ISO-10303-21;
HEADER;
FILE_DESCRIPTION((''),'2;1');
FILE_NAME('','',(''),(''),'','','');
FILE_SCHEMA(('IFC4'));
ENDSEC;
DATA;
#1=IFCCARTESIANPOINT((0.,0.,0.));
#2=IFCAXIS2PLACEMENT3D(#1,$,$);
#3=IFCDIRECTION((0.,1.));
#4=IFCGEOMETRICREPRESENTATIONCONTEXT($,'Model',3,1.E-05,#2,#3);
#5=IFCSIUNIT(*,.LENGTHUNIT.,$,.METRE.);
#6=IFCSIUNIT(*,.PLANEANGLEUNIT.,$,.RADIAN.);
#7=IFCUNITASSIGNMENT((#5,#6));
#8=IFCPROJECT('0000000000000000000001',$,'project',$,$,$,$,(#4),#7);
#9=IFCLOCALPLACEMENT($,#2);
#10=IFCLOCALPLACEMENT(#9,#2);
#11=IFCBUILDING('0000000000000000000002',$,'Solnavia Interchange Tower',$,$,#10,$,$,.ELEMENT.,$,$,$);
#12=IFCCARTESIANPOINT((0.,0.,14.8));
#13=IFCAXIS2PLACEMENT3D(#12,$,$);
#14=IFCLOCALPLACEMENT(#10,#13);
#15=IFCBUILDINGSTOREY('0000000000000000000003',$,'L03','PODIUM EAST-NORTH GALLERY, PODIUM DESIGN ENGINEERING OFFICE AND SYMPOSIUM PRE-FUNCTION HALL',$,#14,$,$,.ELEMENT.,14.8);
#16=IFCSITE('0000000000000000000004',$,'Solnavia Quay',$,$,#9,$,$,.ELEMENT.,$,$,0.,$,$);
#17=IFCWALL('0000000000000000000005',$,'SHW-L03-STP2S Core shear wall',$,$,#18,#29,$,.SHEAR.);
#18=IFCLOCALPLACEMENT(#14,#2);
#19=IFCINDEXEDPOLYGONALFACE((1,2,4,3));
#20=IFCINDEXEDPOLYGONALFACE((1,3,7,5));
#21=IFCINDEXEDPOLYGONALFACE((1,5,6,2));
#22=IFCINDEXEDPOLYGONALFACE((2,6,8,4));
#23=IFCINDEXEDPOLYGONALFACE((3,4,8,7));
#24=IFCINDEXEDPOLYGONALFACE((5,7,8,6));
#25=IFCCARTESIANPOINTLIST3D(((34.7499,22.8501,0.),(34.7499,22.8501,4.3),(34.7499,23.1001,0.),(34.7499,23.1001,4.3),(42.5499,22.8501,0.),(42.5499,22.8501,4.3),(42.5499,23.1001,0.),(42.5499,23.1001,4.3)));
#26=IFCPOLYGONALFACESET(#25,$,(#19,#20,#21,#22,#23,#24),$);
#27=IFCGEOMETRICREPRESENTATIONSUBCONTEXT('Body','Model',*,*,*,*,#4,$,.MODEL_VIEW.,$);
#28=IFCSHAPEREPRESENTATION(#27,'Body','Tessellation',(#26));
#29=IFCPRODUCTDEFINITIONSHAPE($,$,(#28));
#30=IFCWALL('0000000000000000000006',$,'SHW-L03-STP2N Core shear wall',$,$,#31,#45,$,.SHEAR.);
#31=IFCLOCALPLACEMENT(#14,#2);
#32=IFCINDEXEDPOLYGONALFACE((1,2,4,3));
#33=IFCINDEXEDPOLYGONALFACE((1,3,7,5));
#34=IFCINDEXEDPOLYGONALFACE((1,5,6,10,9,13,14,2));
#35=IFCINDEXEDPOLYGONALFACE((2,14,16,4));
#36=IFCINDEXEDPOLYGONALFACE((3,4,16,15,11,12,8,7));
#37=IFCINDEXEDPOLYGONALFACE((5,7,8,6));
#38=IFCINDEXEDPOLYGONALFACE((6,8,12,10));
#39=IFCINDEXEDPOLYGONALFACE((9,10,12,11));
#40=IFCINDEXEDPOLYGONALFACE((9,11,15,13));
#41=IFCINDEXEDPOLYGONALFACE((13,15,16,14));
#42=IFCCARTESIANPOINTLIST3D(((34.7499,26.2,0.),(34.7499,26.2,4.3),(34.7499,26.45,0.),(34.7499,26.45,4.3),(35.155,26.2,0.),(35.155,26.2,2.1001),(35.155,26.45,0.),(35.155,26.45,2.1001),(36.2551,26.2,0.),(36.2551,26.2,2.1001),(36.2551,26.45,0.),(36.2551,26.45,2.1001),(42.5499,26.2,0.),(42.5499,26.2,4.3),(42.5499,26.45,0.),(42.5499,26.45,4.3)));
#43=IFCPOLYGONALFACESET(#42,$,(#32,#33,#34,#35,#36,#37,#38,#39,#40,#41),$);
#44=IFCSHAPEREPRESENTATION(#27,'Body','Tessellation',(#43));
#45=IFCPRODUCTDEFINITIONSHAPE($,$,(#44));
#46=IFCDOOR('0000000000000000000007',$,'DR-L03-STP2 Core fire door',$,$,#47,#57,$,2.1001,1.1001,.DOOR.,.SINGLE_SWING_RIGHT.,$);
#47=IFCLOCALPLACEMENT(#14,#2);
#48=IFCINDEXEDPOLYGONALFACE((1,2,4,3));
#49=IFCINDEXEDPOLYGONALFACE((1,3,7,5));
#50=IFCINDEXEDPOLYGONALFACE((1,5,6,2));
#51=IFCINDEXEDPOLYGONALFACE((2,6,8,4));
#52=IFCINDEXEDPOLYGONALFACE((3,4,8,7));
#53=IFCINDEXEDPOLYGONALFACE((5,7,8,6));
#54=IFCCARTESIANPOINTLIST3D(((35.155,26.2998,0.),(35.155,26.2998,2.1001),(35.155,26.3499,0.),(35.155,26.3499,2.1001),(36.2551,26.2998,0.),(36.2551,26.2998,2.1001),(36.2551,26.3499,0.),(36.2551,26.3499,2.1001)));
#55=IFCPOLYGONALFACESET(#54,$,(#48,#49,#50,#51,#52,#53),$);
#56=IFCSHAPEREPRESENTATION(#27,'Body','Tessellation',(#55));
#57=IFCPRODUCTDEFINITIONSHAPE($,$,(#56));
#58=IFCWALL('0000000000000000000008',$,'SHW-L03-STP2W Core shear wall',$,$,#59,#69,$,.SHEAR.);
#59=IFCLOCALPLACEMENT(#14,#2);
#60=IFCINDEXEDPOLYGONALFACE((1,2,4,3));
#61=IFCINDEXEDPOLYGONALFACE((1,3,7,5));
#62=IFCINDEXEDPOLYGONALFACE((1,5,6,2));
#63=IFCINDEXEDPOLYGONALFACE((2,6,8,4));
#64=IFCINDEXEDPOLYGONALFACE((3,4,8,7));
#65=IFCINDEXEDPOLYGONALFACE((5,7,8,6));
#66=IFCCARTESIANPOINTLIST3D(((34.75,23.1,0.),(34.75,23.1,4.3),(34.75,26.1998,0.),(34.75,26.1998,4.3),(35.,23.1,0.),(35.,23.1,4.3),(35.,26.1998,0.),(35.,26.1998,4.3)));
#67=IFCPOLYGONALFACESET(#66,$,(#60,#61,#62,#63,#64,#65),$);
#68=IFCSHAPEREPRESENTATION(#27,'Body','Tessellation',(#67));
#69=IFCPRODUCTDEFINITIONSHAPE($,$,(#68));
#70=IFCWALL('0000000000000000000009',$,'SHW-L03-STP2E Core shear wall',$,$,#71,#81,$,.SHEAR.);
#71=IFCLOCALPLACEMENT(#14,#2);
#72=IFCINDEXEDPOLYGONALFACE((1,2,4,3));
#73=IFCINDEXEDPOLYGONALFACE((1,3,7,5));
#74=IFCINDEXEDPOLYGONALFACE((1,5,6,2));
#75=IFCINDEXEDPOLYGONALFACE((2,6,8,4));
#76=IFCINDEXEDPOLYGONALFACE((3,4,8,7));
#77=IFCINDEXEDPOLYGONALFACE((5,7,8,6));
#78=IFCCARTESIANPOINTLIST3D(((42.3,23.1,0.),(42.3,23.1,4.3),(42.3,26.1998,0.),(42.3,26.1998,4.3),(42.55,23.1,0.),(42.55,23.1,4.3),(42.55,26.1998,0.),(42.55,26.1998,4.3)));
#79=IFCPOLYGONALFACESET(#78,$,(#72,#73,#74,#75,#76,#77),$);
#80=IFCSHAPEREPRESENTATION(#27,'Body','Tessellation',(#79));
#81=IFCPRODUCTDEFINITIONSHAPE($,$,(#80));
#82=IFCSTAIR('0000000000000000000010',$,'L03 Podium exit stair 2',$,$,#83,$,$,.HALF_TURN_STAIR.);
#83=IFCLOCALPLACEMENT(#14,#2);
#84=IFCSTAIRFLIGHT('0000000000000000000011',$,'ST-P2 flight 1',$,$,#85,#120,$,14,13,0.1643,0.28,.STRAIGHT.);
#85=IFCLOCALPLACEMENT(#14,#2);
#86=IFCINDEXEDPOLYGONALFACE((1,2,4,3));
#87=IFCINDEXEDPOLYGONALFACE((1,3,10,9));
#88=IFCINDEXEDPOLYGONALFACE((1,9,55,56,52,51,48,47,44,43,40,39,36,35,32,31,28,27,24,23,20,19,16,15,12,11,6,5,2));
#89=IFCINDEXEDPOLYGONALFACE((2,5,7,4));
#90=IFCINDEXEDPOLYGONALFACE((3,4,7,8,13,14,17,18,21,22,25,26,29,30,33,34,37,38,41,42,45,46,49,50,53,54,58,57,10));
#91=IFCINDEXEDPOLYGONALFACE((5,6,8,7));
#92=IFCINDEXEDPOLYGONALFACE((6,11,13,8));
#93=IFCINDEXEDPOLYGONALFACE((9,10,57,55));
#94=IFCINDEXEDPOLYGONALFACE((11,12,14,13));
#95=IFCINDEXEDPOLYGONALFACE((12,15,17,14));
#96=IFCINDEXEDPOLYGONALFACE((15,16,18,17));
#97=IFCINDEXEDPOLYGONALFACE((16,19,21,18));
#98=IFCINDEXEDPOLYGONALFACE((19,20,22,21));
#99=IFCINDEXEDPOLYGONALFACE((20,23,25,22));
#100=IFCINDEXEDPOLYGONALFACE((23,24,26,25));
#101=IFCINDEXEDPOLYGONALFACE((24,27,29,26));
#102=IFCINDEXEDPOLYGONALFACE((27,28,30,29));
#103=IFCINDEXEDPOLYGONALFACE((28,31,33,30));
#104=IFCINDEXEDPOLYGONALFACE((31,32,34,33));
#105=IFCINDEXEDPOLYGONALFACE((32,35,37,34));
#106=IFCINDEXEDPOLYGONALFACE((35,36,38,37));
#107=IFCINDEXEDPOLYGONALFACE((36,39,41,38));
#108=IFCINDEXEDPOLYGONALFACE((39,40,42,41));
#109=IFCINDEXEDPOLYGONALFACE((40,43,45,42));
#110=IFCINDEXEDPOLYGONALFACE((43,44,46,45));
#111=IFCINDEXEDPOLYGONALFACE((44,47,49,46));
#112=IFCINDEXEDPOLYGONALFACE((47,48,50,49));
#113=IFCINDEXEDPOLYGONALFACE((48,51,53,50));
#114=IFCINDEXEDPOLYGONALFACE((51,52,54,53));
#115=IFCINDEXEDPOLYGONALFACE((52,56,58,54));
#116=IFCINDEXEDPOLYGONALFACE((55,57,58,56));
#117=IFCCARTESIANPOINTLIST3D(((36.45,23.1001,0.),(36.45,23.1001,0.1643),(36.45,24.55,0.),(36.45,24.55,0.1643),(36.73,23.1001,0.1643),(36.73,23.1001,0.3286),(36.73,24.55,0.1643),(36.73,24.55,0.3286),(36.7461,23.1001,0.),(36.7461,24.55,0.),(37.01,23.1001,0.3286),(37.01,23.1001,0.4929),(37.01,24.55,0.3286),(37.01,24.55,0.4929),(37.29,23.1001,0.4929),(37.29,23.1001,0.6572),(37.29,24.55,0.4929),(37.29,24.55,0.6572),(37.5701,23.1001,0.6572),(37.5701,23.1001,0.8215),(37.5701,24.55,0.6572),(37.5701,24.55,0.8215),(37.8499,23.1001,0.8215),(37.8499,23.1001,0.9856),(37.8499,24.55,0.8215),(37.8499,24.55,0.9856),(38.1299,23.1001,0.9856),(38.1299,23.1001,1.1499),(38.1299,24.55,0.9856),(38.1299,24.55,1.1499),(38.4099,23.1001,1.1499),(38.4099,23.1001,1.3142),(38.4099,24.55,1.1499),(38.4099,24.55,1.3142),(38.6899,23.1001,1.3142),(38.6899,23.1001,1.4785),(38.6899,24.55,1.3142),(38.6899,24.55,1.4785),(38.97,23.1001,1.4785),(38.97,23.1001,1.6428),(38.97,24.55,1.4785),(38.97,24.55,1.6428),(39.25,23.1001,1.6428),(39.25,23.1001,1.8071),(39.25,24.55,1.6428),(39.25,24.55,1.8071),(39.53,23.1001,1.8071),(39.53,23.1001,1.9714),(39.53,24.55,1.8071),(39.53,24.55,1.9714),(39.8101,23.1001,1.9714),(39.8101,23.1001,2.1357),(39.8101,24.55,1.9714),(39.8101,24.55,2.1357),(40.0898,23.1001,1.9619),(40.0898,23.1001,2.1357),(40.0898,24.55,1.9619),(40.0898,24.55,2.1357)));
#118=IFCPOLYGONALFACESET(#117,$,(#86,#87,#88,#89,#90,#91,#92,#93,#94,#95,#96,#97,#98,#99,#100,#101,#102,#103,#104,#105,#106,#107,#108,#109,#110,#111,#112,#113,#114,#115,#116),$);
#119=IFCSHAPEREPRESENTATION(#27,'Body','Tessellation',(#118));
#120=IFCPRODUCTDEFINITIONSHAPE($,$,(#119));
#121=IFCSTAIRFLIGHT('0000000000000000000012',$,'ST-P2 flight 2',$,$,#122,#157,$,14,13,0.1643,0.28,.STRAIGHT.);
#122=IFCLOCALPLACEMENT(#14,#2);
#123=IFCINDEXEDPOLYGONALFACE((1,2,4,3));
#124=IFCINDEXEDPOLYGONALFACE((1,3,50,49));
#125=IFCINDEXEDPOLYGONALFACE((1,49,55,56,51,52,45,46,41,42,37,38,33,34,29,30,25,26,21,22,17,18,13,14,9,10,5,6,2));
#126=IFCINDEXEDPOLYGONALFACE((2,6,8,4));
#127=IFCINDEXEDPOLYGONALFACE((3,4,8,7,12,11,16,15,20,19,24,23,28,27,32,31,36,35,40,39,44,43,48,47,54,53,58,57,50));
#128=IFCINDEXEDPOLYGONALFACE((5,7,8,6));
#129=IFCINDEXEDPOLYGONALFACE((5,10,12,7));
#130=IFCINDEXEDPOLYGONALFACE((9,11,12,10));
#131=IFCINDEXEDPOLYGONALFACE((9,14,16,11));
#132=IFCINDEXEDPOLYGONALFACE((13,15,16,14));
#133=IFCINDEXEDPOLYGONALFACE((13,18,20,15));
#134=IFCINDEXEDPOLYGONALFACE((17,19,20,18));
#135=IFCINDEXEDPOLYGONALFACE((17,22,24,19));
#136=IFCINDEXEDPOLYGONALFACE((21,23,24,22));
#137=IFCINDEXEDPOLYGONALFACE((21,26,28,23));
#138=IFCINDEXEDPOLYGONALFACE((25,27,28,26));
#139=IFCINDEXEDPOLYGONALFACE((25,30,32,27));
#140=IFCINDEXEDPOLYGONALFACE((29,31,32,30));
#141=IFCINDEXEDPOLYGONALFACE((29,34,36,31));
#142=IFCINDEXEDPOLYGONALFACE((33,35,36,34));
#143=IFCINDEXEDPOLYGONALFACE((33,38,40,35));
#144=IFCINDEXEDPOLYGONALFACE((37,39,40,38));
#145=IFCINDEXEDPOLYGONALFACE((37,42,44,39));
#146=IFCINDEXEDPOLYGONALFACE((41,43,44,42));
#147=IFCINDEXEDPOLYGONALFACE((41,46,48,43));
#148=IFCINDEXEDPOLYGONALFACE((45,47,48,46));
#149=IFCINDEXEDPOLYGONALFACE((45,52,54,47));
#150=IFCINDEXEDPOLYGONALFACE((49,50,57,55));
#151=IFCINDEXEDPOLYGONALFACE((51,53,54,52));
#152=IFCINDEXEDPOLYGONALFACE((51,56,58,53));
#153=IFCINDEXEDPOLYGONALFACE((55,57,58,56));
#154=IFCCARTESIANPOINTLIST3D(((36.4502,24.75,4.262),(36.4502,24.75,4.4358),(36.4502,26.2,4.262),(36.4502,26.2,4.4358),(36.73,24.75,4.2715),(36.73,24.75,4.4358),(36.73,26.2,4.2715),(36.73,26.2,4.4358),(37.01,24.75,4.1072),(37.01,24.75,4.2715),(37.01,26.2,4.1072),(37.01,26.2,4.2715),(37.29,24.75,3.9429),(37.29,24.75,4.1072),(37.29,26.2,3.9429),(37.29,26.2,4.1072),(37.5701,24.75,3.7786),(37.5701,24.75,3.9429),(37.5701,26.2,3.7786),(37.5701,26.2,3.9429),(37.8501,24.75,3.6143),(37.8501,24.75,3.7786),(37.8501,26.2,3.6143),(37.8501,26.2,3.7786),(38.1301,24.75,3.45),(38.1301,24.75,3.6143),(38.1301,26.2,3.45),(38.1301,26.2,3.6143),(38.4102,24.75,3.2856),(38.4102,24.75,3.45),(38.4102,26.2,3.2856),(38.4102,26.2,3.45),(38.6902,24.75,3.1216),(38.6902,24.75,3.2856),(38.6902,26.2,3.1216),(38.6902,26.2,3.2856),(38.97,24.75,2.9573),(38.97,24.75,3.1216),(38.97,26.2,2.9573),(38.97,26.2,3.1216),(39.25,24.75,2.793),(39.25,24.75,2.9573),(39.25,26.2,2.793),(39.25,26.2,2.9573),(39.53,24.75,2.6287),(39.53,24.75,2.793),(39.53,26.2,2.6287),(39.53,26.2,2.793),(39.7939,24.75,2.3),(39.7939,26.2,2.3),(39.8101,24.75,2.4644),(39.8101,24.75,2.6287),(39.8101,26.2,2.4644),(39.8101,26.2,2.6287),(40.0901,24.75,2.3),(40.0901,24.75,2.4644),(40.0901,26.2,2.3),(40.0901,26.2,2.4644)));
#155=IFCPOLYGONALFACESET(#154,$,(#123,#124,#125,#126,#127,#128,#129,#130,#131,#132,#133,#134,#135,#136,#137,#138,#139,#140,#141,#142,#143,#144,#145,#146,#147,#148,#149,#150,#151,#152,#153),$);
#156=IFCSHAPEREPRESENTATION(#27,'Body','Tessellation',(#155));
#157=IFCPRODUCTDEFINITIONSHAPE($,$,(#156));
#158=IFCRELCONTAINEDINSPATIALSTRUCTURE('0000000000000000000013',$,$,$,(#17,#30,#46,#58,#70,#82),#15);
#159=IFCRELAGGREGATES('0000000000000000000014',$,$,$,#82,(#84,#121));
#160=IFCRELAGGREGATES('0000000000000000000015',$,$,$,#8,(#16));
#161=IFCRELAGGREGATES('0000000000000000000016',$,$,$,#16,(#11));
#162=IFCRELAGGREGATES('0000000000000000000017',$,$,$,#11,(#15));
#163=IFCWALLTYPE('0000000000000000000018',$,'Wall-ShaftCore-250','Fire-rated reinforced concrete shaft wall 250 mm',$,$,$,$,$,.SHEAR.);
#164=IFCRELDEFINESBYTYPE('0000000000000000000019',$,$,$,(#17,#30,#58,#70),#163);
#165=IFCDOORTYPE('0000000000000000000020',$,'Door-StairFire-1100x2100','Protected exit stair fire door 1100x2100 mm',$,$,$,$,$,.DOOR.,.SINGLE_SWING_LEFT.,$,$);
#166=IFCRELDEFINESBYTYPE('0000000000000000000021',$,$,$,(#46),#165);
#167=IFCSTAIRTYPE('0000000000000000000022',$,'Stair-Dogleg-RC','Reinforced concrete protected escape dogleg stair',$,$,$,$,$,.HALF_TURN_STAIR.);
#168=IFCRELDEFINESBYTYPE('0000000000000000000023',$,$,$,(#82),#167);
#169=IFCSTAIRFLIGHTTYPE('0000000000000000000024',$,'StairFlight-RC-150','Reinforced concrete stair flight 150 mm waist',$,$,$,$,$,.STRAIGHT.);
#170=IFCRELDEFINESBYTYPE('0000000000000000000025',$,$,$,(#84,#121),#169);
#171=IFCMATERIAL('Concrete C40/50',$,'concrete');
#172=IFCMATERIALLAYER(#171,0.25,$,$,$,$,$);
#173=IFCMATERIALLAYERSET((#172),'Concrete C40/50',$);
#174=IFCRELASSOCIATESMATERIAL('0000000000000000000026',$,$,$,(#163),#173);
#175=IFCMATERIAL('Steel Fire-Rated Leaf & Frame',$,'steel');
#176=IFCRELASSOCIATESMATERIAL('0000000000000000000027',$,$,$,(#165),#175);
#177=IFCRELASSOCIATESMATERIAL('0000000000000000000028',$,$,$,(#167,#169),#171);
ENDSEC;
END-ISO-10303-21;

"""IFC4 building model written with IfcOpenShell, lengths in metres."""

from ifc_helpers import new_model, si_unit, direction, frame, frame_2d, origin, place, context, subcontext, project, spatial, polyline, rectangle, outline, extrude, material, layer, layer_set, type_object, element, fill, aggregate, save


model = new_model("IFC4")

# Units and contexts
model_context = context("Model", 3, precision=1e-05, world=origin(), true_north=direction((0.0, 1.0)))
body_context = subcontext(model_context, "Body", "Model", "MODEL_VIEW")
ifc_project = project(units=[si_unit("LENGTHUNIT", "METRE"), si_unit("PLANEANGLEUNIT", "RADIAN")], contexts=[model_context])

# Site, building, storey
site_placement = place(None, origin())
site = spatial("IfcSite", under=ifc_project, at=site_placement, Name="Solnavia Quay", CompositionType="ELEMENT", RefElevation=0.0)
building_placement = place(site_placement, origin())
building = spatial("IfcBuilding", under=site, at=building_placement, Name="Solnavia Interchange Tower", CompositionType="ELEMENT")
storey_placement = place(building_placement, frame((0.0, 0.0, 14.8)))
storey = spatial("IfcBuildingStorey", under=building, at=storey_placement, Name="L03", Description="PODIUM EAST-NORTH GALLERY, PODIUM DESIGN ENGINEERING OFFICE AND SYMPOSIUM PRE-FUNCTION HALL", CompositionType="ELEMENT", Elevation=14.8)

# Wall
ifc_material_1 = material(Name="Concrete C40/50", Category="concrete")
ifc_layer = layer(ifc_material_1, 0.25)
ifc_layer_set = layer_set([ifc_layer], Name="Concrete C40/50")
wall_type = type_object("IfcWallType", Name="Wall-ShaftCore-250", Description="Fire-rated reinforced concrete shaft wall 250 mm", PredefinedType="SHEAR", material=ifc_layer_set)
wall_1_placement = place(storey_placement, frame((34.75, 22.9751, 0.0), z_axis=(0.0, 0.0, 1.0), x_axis=(1.0, 0.0, 0.0)))
element("IfcWall", 1, at=wall_1_placement, inside=storey, type_object=wall_type, Name="SHW-L03-STP2S Core shear wall", PredefinedType="SHEAR", context=body_context, shape_type="SweptSolid", body=[
    extrude(rectangle(XDim=7.8, YDim=0.25, at=frame_2d((3.8999, 0.0))), origin(), (0.0, 0.0, 1.0), 4.3),
])

# Wall, opening, door
wall_2_placement = place(storey_placement, frame((34.75, 26.325, 0.0), z_axis=(0.0, 0.0, 1.0), x_axis=(1.0, 0.0, 0.0)))
wall_2 = element("IfcWall", 2, at=wall_2_placement, inside=storey, type_object=wall_type, Name="SHW-L03-STP2N Core shear wall", PredefinedType="SHEAR", context=body_context, shape_type="SweptSolid", body=[
    extrude(rectangle(XDim=7.8, YDim=0.25, at=frame_2d((3.8999, 0.0))), origin(), (0.0, 0.0, 1.0), 4.3),
])
opening_placement = place(wall_2_placement, frame((0.405, 0.0, 0.0)))
opening = element("IfcOpeningElement", 3, at=opening_placement, cuts=wall_2, PredefinedType="OPENING", context=body_context, shape_type="SweptSolid", body=[
    extrude(rectangle(XDim=1.1001, YDim=2.1001, at=frame_2d((0.55, 1.05))), frame((0.0, 0.135, 0.0), z_axis=(0.0, -1.0, 0.0), x_axis=(1.0, 0.0, 0.0)), (0.0, 0.0, 1.0), 0.27),
])
ifc_material_2 = material(Name="Steel Fire-Rated Leaf & Frame", Category="steel")
door_type = type_object("IfcDoorType", Name="Door-StairFire-1100x2100", Description="Protected exit stair fire door 1100x2100 mm", OperationType="SINGLE_SWING_LEFT", PredefinedType="DOOR", material=ifc_material_2)
door_placement = place(opening_placement, origin())
door = element("IfcDoor", 4, at=door_placement, inside=storey, type_object=door_type, Name="DR-L03-STP2 Core fire door", OperationType="SINGLE_SWING_RIGHT", OverallHeight=2.1001, OverallWidth=1.1001, PredefinedType="DOOR", context=body_context, shape_type="SweptSolid", body=[
    extrude(rectangle(XDim=1.1001, YDim=2.1001, at=frame_2d((0.55, 1.05))), frame((0.0, 0.0249, 0.0), z_axis=(0.0, -1.0, 0.0), x_axis=(1.0, 0.0, 0.0)), (0.0, 0.0, 1.0), 0.05),
])
fill(opening, door)

# Walls
for number, where, z_axis, x_axis, name in (
    (5, (34.875, 23.1001, 0.0), (0.0, 0.0, 1.0), (0.0, 1.0, 0.0), "SHW-L03-STP2W Core shear wall"),
    (6, (42.425, 23.1001, 0.0), (0.0, 0.0, 1.0), (0.0, 1.0, 0.0), "SHW-L03-STP2E Core shear wall"),
):
    element("IfcWall", number, at=place(storey_placement, frame(where, z_axis=z_axis, x_axis=x_axis)), inside=storey, type_object=wall_type, Name=name, PredefinedType="SHEAR", context=body_context, shape_type="SweptSolid", body=[
        extrude(rectangle(XDim=3.0999, YDim=0.25, at=frame_2d((1.5498, 0.0))), origin(), (0.0, 0.0, 1.0), 4.3),
    ])

# Stair, stair flights
stair_type = type_object("IfcStairType", Name="Stair-Dogleg-RC", Description="Reinforced concrete protected escape dogleg stair", PredefinedType="HALF_TURN_STAIR", material=ifc_material_1)
stair_placement = place(storey_placement, origin())
stair = element("IfcStair", 7, at=stair_placement, inside=storey, type_object=stair_type, Name="L03 Podium exit stair 2", PredefinedType="HALF_TURN_STAIR")
stair_flight_type = type_object("IfcStairFlightType", Name="StairFlight-RC-150", Description="Reinforced concrete stair flight 150 mm waist", PredefinedType="STRAIGHT", material=ifc_material_1)
stair_flight_1_placement = place(storey_placement, frame((36.45, 23.825, 0.0), z_axis=(0.0, 0.0, 1.0), x_axis=(1.0, 0.0, 0.0)))
stair_flight_1 = element("IfcStairFlight", 8, at=stair_flight_1_placement, type_object=stair_flight_type, Name="ST-P2 flight 1", NumberOfRisers=14, NumberOfTreads=13, PredefinedType="STRAIGHT", RiserHeight=0.1643, TreadLength=0.28, context=body_context, shape_type="SweptSolid", body=[
    extrude(outline(polyline([(0.0, 0.0), (0.0, 0.1643), (0.28, 0.1643), (0.28, 0.3286), (0.5601, 0.3286), (0.5601, 0.4929), (0.8401, 0.4929), (0.8401, 0.6572), (1.1201, 0.6572), (1.1201, 0.8215), (1.3999, 0.8215), (1.3999, 0.9856), (1.6799, 0.9856), (1.6799, 1.1499), (1.96, 1.1499), (1.96, 1.3142), (2.24, 1.3142), (2.24, 1.4785), (2.52, 1.4785), (2.52, 1.6428), (2.8, 1.6428), (2.8, 1.8071), (3.0801, 1.8071), (3.0801, 1.9714), (3.3601, 1.9714), (3.3601, 2.1357), (3.6399, 2.1357), (3.6399, 2.3), (3.6399, 1.9619), (0.2961, 0.0), (0.0, 0.0)])), frame((0.0, 0.7251, 0.0), z_axis=(0.0, -1.0, 0.0), x_axis=(1.0, 0.0, 0.0)), (0.0, 0.0, 1.0), 1.45),
])
stair_flight_2_placement = place(storey_placement, frame((40.0901, 25.4751, 2.3), z_axis=(0.0, 0.0, 1.0), x_axis=(-1.0, 0.0, 0.0)))
stair_flight_2 = element("IfcStairFlight", 9, at=stair_flight_2_placement, type_object=stair_flight_type, Name="ST-P2 flight 2", NumberOfRisers=14, NumberOfTreads=13, PredefinedType="STRAIGHT", RiserHeight=0.1643, TreadLength=0.28, context=body_context, shape_type="SweptSolid", body=[
    extrude(outline(polyline([(0.0, 0.0), (0.0, 0.1643), (0.28, 0.1643), (0.28, 0.3286), (0.5601, 0.3286), (0.5601, 0.4929), (0.8401, 0.4929), (0.8401, 0.6572), (1.1201, 0.6572), (1.1201, 0.8215), (1.3999, 0.8215), (1.3999, 0.9856), (1.6799, 0.9856), (1.6799, 1.1499), (1.96, 1.1499), (1.96, 1.3142), (2.24, 1.3142), (2.24, 1.4785), (2.52, 1.4785), (2.52, 1.6428), (2.8, 1.6428), (2.8, 1.8071), (3.0801, 1.8071), (3.0801, 1.9714), (3.3601, 1.9714), (3.3601, 2.1357), (3.6399, 2.1357), (3.6399, 2.3), (3.6399, 1.9619), (0.2961, 0.0), (0.0, 0.0)])), frame((0.0, 0.7251, 0.0), z_axis=(0.0, -1.0, 0.0), x_axis=(1.0, 0.0, 0.0)), (0.0, 0.0, 1.0), 1.45),
])
aggregate(stair, [stair_flight_1, stair_flight_2])

save(model, "model.ifc")
